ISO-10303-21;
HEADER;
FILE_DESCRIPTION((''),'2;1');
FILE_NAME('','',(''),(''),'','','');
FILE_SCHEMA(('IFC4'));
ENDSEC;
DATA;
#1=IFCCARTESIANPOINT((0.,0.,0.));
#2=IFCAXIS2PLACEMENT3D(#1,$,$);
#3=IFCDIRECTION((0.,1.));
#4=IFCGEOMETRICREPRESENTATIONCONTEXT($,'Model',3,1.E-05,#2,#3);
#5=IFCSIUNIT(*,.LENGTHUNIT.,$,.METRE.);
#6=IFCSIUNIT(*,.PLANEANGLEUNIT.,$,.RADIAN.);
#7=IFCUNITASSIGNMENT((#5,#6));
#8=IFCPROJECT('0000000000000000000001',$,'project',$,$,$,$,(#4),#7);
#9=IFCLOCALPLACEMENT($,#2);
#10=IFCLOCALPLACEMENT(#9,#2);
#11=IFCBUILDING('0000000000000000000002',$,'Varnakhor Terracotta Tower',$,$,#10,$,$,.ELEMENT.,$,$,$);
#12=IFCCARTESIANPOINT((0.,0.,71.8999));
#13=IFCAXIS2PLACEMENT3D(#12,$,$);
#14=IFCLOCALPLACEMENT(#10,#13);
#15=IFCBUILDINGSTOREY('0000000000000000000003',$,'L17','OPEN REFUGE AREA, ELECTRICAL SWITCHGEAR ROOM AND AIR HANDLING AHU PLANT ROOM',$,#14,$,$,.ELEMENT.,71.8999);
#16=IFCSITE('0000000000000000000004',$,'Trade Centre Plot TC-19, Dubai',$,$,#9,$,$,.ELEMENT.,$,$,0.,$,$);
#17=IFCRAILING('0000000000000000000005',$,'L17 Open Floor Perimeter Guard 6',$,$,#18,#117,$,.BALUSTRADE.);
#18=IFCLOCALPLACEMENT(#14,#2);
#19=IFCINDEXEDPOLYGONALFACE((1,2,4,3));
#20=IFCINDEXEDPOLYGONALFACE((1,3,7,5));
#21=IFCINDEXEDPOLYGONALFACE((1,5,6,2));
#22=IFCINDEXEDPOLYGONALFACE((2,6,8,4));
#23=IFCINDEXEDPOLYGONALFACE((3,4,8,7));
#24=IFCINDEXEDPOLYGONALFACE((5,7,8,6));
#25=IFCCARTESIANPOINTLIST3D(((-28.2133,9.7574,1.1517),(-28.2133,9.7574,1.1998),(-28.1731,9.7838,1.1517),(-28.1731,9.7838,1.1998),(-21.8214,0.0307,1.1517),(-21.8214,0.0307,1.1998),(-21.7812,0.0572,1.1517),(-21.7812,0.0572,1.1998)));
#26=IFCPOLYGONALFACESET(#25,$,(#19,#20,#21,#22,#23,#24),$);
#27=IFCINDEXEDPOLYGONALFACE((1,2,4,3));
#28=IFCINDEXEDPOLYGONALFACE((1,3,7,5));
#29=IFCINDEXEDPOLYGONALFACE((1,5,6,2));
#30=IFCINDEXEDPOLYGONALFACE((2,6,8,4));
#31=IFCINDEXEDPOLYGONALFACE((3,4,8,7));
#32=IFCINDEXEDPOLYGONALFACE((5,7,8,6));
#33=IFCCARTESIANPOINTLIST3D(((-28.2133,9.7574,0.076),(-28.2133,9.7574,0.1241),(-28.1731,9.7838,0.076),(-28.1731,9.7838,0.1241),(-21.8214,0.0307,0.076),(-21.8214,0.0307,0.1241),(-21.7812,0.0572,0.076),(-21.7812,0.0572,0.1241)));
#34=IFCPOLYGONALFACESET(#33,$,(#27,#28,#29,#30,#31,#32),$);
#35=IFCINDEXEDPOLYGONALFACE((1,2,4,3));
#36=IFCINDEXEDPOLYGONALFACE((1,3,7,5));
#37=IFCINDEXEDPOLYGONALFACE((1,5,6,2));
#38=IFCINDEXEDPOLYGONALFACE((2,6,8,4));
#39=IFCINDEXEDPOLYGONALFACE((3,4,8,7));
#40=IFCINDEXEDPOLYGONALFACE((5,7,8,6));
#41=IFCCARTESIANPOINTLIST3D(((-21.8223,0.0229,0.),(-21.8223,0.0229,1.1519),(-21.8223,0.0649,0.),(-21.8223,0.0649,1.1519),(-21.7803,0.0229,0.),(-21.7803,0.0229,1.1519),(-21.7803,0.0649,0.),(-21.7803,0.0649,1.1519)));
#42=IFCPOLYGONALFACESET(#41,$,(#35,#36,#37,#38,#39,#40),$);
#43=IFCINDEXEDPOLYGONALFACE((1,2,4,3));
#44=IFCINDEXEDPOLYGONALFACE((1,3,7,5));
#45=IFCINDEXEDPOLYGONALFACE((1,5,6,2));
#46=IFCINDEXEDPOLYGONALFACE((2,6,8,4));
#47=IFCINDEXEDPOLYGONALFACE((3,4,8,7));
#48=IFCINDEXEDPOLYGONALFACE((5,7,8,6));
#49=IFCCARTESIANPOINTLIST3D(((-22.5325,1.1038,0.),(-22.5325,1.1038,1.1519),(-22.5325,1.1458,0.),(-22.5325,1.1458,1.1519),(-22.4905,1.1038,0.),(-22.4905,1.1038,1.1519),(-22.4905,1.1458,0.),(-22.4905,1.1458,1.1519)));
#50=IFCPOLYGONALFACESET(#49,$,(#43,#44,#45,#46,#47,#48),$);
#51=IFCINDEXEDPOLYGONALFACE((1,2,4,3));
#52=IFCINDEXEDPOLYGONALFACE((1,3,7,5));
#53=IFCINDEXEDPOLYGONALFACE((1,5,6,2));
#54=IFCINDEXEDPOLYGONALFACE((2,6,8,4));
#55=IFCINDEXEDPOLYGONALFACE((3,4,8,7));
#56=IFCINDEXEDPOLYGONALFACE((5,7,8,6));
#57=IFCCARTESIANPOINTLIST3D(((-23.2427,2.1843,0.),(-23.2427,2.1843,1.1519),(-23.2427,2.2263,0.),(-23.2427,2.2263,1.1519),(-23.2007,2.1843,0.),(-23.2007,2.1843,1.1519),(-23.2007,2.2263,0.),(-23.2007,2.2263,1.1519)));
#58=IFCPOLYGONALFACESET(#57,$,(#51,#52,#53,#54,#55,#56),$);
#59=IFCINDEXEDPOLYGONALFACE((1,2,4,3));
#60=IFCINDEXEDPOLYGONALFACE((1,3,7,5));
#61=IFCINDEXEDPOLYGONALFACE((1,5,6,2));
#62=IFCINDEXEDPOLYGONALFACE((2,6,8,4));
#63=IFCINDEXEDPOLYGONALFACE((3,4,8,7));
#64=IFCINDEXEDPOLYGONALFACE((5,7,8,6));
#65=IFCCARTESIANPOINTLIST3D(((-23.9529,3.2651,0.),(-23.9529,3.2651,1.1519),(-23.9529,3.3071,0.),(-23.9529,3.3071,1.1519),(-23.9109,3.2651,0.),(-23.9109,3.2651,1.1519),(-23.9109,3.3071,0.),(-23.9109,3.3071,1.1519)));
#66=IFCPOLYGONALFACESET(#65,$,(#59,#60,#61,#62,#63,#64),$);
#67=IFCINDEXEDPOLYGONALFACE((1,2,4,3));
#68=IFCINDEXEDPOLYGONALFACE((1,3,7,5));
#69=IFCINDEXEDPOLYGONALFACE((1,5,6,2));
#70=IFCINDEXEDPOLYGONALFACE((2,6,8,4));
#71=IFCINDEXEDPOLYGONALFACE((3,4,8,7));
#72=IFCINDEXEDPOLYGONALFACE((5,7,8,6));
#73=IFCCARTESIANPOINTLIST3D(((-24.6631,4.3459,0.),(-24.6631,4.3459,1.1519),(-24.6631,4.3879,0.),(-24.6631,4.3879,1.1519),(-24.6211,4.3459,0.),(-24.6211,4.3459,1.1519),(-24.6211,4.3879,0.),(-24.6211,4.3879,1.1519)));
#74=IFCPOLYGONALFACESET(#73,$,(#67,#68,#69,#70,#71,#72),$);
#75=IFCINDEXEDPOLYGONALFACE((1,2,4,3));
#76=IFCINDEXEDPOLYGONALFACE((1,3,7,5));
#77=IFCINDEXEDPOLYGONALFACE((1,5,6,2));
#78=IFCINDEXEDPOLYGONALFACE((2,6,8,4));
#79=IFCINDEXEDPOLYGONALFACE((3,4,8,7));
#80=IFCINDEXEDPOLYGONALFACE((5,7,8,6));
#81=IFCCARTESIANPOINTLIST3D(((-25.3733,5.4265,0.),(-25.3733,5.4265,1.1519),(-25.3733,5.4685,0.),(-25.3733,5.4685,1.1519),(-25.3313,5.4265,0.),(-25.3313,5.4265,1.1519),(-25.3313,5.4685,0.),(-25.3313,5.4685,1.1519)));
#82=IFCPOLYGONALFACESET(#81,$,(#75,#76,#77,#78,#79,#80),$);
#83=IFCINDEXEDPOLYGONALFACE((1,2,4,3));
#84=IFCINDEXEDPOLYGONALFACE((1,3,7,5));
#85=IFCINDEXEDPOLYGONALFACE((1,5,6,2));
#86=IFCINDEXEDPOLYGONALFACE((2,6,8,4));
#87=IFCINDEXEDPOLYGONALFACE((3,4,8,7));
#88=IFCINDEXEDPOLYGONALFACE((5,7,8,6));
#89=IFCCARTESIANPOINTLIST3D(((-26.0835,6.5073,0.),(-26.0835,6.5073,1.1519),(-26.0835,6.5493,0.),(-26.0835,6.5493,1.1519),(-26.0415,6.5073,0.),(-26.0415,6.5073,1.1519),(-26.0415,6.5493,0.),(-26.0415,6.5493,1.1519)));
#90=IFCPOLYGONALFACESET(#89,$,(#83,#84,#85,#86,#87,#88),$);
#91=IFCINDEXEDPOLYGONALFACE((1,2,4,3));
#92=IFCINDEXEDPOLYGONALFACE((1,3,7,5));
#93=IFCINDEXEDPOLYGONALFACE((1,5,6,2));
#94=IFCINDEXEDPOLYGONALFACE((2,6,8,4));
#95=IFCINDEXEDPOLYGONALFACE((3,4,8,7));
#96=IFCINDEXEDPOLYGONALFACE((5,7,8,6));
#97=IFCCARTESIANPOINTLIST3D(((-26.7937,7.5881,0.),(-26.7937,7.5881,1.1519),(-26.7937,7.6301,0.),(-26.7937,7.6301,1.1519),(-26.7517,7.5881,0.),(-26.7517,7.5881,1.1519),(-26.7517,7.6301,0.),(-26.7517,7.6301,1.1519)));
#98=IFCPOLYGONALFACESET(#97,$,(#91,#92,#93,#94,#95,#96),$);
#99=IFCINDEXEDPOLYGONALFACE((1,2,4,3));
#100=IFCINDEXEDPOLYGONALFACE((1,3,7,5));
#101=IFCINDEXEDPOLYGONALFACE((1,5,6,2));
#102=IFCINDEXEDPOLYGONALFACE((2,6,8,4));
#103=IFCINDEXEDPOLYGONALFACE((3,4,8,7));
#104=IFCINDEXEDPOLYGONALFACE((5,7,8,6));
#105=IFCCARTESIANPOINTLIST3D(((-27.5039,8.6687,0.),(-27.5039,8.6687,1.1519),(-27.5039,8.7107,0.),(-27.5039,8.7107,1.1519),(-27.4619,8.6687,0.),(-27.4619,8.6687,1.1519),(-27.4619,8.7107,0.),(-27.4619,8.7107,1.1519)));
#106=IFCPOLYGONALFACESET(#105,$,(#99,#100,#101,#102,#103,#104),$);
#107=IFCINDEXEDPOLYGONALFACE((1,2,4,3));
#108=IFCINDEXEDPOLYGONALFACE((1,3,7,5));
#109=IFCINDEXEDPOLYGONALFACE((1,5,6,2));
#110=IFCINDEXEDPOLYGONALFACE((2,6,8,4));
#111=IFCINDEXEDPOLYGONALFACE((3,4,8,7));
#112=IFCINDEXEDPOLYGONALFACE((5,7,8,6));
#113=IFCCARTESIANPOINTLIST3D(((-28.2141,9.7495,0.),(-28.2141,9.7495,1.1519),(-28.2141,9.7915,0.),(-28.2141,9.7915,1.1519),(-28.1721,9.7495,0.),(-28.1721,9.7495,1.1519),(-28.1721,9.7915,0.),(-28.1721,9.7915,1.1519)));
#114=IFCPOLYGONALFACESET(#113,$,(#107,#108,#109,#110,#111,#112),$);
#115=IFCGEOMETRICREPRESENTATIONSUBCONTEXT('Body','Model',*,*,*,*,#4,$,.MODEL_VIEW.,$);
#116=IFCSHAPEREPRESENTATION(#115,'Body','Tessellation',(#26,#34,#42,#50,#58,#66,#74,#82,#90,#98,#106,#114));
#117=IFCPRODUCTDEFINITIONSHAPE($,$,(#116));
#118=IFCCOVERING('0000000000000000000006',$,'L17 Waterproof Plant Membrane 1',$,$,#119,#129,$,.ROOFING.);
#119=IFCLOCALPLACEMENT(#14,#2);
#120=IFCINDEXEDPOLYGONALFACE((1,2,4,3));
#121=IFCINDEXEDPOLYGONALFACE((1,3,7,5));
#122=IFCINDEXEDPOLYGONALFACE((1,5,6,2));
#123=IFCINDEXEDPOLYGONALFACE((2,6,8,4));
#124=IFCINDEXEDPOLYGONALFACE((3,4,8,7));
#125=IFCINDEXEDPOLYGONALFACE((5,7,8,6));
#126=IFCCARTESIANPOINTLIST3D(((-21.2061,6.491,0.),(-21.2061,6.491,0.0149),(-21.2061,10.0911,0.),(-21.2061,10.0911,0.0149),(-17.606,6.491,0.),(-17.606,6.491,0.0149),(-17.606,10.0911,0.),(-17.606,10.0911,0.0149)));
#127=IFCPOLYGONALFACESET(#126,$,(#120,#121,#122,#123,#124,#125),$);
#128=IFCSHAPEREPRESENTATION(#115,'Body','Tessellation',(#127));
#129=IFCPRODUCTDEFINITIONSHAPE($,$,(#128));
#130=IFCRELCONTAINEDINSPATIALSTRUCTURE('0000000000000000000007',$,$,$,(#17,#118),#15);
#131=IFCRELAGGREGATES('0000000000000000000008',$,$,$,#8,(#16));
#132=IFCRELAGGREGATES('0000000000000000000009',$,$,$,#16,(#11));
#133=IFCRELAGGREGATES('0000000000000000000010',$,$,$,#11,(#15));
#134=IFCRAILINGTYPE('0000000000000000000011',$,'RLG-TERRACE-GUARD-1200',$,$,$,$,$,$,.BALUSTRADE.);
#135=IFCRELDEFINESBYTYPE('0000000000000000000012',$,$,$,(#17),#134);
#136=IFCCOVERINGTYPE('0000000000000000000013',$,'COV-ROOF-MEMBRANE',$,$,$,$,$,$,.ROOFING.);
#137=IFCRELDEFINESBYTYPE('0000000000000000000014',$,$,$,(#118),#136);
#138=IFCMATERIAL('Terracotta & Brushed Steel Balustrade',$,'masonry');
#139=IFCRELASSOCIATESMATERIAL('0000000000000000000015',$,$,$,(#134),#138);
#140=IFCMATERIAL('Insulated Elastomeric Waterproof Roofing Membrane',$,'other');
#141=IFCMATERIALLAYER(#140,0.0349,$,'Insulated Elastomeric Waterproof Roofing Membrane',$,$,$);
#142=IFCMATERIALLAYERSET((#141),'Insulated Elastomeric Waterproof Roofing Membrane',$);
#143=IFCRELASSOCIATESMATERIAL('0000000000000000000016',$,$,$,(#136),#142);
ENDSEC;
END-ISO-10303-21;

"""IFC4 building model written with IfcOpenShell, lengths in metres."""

from ifc_helpers import new_model, si_unit, direction, frame, origin, origin_2d, place, context, subcontext, project, spatial, rectangle, extrude, source, transform, mapped, material, layer, layer_set, type_object, type_shapes, element, save


model = new_model("IFC4")

# Units and contexts
model_context = context("Model", 3, precision=1e-05, world=origin(), true_north=direction((0.0, 1.0)))
body_context = subcontext(model_context, "Body", "Model", "MODEL_VIEW")
ifc_project = project(units=[si_unit("LENGTHUNIT", "METRE"), si_unit("PLANEANGLEUNIT", "RADIAN")], contexts=[model_context])

# Site, building, storey
site_placement = place(None, origin())
site = spatial("IfcSite", under=ifc_project, at=site_placement, Name="Trade Centre Plot TC-19, Dubai", CompositionType="ELEMENT", RefElevation=0.0)
building_placement = place(site_placement, origin())
building = spatial("IfcBuilding", under=site, at=building_placement, Name="Varnakhor Terracotta Tower", CompositionType="ELEMENT")
storey_placement = place(building_placement, frame((0.0, 0.0, 71.8999)))
storey = spatial("IfcBuildingStorey", under=building, at=storey_placement, Name="L17", Description="OPEN REFUGE AREA, ELECTRICAL SWITCHGEAR ROOM AND AIR HANDLING AHU PLANT ROOM", CompositionType="ELEMENT", Elevation=71.8999)

# Railing
ifc_material_1 = material(Name="Terracotta & Brushed Steel Balustrade", Category="masonry")
railing_type = type_object("IfcRailingType", Name="RLG-TERRACE-GUARD-1200", PredefinedType="BALUSTRADE", material=ifc_material_1)
railing_1_placement = place(storey_placement, frame((-21.8013, 0.0439, 0.0)))
element("IfcRailing", 1, at=railing_1_placement, inside=storey, type_object=railing_type, Name="L17 Open Floor Perimeter Guard 6", PredefinedType="BALUSTRADE", context=body_context, shape_type="SweptSolid", body=[
    extrude(rectangle(XDim=0.0481, YDim=0.0481, at=origin_2d()), frame((0.0, 0.0, 1.1758), z_axis=(-0.549184, 0.835701, 0.0), x_axis=(-0.835701, -0.549184, 0.0)), (0.0, 0.0, 1.0), 11.6389),
    extrude(rectangle(XDim=0.0481, YDim=0.0481, at=origin_2d()), frame((0.0, 0.0, 0.1001), z_axis=(-0.549184, 0.835701, 0.0), x_axis=(-0.835701, -0.549184, 0.0)), (0.0, 0.0, 1.0), 11.6389),
    extrude(rectangle(XDim=0.042, YDim=0.042, at=origin_2d()), origin(), (0.0, 0.0, 1.0), 1.1519),
    extrude(rectangle(XDim=0.042, YDim=0.042, at=origin_2d()), frame((-0.7102, 1.0808, 0.0)), (0.0, 0.0, 1.0), 1.1519),
    extrude(rectangle(XDim=0.042, YDim=0.042, at=origin_2d()), frame((-1.4204, 2.1614, 0.0)), (0.0, 0.0, 1.0), 1.1519),
    extrude(rectangle(XDim=0.042, YDim=0.042, at=origin_2d()), frame((-2.1306, 3.2422, 0.0)), (0.0, 0.0, 1.0), 1.1519),
    extrude(rectangle(XDim=0.042, YDim=0.042, at=origin_2d()), frame((-2.8408, 4.323, 0.0)), (0.0, 0.0, 1.0), 1.1519),
    extrude(rectangle(XDim=0.042, YDim=0.042, at=origin_2d()), frame((-3.551, 5.4036, 0.0)), (0.0, 0.0, 1.0), 1.1519),
    extrude(rectangle(XDim=0.042, YDim=0.042, at=origin_2d()), frame((-4.2612, 6.4844, 0.0)), (0.0, 0.0, 1.0), 1.1519),
    extrude(rectangle(XDim=0.042, YDim=0.042, at=origin_2d()), frame((-4.9714, 7.5652, 0.0)), (0.0, 0.0, 1.0), 1.1519),
    extrude(rectangle(XDim=0.042, YDim=0.042, at=origin_2d()), frame((-5.6816, 8.6458, 0.0)), (0.0, 0.0, 1.0), 1.1519),
    extrude(rectangle(XDim=0.042, YDim=0.042, at=origin_2d()), frame((-6.3918, 9.7266, 0.0)), (0.0, 0.0, 1.0), 1.1519),
])

# Covering
ifc_material_2 = material(Name="Insulated Elastomeric Waterproof Roofing Membrane", Category="other")
ifc_layer_1 = layer(ifc_material_2, 0.0349, Name="Insulated Elastomeric Waterproof Roofing Membrane")
ifc_layer_set_1 = layer_set([ifc_layer_1], Name="Insulated Elastomeric Waterproof Roofing Membrane")
covering_type = type_object("IfcCoveringType", Name="COV-ROOF-MEMBRANE", PredefinedType="ROOFING", material=ifc_layer_set_1)
shared_shape_1 = source(origin(), body_context, "Body", "SweptSolid", [
    extrude(rectangle(XDim=3.6001, YDim=3.6001, at=origin_2d()), origin(), (0.0, 0.0, 1.0), 0.0149),
])
type_shapes(covering_type, [shared_shape_1])
covering_placement = place(storey_placement, frame((-19.406, 8.291, 0.0), z_axis=(0.0, 0.0, 1.0), x_axis=(1.0, 0.0, 0.0)))
element("IfcCovering", 2, at=covering_placement, inside=storey, type_object=covering_type, Name="L17 Waterproof Plant Membrane 1", PredefinedType="ROOFING", context=body_context, shape_type="MappedRepresentation", body=[
    mapped(shared_shape_1, transform((0.0, 0.0, 0.0), scale=1.0)),
])

save(model, "model.ifc")
